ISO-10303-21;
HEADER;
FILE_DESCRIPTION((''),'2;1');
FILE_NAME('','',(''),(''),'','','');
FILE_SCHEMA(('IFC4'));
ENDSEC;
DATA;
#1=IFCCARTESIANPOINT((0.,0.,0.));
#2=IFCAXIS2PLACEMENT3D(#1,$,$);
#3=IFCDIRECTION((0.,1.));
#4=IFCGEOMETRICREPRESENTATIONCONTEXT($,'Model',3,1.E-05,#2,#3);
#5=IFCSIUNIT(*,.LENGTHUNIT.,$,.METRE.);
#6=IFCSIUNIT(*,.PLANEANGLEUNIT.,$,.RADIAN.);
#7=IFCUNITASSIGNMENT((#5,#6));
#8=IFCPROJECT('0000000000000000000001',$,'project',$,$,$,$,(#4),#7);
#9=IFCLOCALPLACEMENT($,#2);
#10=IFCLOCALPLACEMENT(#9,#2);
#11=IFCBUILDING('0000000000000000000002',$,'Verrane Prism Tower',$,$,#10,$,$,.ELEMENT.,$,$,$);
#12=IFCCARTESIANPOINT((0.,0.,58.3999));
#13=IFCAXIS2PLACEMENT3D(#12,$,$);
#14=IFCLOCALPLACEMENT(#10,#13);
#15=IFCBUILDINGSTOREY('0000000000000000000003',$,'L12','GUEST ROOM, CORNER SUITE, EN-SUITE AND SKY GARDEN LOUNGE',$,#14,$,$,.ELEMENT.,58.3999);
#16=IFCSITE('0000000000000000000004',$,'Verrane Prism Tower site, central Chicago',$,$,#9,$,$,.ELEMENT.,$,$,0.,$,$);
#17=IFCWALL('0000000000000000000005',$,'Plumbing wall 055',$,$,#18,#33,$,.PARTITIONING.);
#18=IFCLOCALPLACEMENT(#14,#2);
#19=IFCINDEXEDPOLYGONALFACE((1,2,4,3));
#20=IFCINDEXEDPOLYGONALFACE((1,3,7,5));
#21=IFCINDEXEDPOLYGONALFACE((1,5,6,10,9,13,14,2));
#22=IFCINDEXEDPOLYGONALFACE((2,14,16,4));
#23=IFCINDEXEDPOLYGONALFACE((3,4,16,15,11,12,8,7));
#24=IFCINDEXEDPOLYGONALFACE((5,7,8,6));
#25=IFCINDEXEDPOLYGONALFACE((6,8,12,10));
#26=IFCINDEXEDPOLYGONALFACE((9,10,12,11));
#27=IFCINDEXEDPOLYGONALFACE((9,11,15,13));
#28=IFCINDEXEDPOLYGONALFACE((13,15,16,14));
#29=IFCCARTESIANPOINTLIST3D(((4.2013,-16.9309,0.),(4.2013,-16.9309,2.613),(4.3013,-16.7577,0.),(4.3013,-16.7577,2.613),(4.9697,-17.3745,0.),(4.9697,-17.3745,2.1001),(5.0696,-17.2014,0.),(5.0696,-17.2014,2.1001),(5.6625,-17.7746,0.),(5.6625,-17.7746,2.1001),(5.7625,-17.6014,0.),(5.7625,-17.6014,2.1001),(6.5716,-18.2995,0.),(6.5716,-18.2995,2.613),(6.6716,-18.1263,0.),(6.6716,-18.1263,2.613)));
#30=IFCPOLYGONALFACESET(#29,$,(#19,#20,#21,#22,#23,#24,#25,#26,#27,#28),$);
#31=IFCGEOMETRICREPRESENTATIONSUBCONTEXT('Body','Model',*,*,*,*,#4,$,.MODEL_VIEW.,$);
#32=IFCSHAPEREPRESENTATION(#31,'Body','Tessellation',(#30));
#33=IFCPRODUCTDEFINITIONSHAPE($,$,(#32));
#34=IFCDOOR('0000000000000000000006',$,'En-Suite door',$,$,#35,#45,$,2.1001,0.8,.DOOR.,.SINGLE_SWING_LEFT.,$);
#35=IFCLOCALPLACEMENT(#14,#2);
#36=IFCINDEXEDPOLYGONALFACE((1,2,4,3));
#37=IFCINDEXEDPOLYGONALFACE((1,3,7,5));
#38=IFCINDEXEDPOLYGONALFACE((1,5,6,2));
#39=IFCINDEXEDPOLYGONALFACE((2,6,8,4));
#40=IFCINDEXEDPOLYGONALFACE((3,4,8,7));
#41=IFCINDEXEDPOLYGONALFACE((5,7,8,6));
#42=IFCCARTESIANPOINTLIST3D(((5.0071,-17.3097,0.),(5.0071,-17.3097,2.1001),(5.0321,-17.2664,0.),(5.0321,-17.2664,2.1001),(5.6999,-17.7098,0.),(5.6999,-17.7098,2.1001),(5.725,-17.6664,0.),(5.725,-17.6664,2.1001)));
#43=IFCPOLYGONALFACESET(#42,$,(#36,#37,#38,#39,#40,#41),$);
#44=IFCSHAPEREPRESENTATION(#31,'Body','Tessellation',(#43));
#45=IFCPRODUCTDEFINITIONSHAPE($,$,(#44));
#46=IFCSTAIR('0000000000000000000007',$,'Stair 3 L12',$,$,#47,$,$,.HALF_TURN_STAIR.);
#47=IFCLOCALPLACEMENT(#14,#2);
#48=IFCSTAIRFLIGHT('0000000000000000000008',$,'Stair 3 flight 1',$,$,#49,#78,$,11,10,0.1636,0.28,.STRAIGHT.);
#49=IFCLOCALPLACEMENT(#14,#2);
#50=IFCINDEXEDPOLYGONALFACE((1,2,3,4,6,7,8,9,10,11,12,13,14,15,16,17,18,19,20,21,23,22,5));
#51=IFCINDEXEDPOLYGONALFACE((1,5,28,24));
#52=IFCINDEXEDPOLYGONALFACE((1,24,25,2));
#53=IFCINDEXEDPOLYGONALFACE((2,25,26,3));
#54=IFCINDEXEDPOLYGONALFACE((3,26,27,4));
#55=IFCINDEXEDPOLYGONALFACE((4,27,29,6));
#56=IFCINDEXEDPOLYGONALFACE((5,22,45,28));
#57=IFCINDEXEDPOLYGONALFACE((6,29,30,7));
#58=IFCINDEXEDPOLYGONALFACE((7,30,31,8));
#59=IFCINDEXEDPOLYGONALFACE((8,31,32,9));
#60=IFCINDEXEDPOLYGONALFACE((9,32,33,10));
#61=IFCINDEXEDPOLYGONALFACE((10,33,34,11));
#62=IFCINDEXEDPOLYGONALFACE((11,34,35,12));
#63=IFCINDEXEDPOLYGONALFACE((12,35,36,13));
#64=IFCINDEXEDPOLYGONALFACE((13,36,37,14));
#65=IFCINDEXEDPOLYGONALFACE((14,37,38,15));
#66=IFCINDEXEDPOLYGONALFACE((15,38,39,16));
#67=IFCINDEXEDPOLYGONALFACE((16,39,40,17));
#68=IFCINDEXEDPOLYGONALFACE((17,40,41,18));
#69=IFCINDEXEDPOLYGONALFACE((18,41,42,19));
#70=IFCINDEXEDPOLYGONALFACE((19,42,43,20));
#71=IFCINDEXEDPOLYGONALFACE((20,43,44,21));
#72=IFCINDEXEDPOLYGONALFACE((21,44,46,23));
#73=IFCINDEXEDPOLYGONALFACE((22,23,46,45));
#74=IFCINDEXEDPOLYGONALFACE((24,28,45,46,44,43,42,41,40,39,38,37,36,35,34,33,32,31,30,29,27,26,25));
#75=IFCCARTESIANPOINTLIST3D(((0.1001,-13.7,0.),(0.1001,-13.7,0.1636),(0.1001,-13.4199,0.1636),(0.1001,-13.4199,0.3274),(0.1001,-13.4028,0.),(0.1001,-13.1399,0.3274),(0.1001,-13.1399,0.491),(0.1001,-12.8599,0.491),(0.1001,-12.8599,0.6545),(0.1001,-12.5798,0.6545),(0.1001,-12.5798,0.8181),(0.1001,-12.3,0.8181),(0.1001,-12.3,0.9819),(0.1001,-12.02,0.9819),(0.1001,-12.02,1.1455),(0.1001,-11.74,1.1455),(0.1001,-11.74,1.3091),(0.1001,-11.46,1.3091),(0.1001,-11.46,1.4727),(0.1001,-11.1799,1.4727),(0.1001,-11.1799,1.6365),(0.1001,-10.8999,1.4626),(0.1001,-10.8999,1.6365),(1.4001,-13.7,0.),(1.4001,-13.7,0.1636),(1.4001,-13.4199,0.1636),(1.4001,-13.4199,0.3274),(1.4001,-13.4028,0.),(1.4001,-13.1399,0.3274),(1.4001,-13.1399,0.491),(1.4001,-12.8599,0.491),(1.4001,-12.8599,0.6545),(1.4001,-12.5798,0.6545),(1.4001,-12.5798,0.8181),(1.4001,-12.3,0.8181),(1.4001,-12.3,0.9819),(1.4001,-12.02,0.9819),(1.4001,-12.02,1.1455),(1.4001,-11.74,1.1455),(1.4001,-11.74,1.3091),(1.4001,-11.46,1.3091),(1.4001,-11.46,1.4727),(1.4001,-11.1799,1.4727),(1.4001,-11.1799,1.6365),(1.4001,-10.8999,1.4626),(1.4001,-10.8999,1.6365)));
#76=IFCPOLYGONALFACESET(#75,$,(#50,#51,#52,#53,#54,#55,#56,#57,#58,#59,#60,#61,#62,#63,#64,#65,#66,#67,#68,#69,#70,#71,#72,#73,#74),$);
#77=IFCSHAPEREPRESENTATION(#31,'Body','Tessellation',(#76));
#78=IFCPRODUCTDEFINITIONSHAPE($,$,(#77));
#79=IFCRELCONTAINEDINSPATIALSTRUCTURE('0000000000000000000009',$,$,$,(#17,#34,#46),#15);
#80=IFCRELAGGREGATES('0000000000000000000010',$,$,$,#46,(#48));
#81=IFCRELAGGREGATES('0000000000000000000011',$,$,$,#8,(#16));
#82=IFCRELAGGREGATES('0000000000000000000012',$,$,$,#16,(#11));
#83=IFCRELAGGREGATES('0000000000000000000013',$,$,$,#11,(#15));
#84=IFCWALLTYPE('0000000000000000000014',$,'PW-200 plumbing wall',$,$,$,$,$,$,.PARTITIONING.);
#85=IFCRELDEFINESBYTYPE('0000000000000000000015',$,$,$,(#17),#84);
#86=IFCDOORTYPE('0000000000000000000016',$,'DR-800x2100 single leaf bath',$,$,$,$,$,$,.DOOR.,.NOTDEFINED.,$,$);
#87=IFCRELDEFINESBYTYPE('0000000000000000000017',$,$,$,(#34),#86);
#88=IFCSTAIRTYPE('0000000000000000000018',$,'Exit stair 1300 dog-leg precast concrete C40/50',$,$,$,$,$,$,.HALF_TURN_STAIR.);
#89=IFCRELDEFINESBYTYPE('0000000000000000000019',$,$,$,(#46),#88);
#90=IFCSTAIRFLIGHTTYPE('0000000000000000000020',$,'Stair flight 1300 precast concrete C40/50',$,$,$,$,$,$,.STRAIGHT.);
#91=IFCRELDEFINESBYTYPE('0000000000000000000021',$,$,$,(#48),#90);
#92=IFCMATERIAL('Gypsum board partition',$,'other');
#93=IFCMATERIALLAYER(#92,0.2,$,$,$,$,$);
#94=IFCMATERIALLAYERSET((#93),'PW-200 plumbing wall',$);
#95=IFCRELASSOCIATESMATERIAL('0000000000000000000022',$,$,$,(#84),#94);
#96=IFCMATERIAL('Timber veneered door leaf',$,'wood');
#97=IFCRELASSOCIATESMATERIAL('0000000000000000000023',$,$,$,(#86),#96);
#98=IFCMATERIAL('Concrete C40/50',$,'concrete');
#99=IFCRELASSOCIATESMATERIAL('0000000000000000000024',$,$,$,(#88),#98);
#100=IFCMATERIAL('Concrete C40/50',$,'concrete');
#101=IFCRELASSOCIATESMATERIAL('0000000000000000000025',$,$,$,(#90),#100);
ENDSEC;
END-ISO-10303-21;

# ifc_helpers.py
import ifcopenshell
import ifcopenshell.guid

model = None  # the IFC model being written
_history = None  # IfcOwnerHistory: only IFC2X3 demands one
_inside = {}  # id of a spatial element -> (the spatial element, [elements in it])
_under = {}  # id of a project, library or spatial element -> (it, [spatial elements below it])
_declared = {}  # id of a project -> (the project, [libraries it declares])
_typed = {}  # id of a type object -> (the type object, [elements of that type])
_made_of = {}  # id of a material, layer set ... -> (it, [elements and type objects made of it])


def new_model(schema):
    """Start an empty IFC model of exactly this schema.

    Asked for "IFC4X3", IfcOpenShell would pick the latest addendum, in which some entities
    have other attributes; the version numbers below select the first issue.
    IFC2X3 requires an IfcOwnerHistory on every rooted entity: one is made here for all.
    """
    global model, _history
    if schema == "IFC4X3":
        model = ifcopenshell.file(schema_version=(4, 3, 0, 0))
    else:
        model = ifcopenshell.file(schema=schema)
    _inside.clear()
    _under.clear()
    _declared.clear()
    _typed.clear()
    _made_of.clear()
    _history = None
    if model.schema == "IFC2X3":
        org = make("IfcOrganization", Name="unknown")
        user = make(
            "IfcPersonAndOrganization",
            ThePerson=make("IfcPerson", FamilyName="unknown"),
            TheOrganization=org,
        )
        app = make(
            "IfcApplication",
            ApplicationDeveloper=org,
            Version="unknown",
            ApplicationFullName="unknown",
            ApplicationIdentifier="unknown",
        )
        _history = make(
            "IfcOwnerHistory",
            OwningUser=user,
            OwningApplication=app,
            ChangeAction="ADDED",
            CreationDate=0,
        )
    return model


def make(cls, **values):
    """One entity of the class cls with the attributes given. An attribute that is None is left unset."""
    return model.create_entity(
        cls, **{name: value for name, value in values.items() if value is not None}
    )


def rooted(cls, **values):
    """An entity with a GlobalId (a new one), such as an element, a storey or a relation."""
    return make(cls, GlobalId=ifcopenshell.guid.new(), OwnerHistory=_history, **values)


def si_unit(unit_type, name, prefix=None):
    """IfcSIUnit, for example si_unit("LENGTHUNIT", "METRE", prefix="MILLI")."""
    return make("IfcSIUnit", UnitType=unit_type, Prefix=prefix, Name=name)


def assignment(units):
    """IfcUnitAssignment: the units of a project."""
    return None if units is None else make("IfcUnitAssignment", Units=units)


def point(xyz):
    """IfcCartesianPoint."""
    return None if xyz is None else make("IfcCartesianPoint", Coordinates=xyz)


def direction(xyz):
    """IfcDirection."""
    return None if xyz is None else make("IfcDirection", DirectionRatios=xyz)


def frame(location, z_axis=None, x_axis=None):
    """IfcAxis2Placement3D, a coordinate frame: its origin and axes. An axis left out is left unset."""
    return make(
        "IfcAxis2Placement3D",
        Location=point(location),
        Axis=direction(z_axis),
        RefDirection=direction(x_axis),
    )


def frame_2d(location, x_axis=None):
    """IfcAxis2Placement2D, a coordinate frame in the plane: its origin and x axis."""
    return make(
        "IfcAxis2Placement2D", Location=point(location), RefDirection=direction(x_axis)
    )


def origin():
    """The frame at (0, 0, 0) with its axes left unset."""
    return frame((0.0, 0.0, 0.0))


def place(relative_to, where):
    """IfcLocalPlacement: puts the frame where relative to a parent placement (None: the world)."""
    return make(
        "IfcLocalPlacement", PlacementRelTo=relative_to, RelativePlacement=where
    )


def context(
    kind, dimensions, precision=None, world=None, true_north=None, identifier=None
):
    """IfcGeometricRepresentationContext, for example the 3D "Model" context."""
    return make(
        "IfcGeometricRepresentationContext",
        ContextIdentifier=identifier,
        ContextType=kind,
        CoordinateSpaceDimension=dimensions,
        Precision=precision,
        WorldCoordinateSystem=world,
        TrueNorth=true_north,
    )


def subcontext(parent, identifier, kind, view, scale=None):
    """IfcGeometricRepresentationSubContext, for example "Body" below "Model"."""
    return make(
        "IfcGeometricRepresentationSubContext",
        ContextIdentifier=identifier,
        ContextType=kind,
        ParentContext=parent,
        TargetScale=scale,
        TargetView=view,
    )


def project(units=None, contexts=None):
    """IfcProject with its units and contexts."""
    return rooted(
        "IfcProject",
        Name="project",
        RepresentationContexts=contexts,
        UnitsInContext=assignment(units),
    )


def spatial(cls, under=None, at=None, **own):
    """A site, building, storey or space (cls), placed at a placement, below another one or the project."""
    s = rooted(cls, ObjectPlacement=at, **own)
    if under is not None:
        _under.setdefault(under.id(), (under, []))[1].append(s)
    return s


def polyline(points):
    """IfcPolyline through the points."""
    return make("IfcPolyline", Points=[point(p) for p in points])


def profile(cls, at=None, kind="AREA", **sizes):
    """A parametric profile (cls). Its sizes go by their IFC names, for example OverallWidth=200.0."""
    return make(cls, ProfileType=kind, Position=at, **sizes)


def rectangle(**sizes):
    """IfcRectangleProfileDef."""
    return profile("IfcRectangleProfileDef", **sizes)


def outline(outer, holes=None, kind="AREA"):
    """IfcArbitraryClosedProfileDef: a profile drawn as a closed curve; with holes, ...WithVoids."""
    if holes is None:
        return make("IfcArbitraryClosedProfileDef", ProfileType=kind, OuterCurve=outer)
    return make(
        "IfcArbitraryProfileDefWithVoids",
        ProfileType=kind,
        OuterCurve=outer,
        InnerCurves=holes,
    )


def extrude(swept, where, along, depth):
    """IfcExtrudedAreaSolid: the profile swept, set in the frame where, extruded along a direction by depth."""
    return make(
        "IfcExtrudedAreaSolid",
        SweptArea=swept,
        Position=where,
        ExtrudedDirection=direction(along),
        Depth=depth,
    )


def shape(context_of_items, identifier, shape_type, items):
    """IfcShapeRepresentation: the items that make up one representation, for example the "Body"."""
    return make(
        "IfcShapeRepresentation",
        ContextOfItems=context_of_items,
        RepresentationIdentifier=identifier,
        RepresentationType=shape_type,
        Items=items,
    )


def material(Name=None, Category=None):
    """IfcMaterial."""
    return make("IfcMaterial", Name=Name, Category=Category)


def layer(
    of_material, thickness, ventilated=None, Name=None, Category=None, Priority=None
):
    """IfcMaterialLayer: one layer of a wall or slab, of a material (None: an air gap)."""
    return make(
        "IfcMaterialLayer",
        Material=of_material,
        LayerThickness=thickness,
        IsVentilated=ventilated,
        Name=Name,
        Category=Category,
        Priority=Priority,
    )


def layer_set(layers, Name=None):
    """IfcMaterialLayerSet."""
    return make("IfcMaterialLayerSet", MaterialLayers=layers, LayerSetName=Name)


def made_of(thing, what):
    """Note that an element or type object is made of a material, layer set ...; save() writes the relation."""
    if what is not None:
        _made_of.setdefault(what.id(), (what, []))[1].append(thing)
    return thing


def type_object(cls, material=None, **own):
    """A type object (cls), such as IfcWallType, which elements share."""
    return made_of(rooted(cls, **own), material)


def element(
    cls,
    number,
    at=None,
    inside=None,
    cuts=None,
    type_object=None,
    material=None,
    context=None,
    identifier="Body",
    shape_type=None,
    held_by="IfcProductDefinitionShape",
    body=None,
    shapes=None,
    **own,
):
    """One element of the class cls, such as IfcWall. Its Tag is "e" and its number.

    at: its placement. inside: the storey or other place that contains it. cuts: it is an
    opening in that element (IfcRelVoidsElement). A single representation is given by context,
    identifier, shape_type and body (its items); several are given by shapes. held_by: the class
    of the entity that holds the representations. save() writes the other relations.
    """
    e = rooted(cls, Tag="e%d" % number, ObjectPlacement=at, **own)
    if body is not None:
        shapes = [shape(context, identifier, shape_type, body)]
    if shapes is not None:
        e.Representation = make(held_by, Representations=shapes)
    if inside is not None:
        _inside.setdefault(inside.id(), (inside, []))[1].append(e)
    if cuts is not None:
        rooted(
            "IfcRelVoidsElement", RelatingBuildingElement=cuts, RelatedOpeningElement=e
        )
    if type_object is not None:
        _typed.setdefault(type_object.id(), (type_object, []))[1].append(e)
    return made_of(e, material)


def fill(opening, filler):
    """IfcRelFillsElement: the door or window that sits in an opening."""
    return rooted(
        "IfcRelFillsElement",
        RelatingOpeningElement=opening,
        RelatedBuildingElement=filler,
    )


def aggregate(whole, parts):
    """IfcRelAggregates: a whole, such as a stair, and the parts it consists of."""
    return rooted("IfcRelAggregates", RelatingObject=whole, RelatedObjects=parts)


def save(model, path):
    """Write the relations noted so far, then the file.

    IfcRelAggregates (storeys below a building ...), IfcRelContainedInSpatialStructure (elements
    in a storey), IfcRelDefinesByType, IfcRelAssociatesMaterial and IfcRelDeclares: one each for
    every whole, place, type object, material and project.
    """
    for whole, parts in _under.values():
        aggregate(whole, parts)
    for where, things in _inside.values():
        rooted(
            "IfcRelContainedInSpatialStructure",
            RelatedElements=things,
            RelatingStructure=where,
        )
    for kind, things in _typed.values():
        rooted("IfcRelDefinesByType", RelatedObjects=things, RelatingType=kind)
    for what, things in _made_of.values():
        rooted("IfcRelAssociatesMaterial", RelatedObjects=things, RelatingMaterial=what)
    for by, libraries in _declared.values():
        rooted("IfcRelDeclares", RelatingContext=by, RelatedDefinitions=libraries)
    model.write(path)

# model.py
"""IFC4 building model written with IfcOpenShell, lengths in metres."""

from ifc_helpers import new_model, si_unit, direction, frame, frame_2d, origin, place, context, subcontext, project, spatial, polyline, rectangle, outline, extrude, material, layer, layer_set, type_object, element, fill, aggregate, save


model = new_model("IFC4")

# Units and contexts
model_context = context("Model", 3, precision=1e-05, world=origin(), true_north=direction((0.0, 1.0)))
body_context = subcontext(model_context, "Body", "Model", "MODEL_VIEW")
ifc_project = project(units=[si_unit("LENGTHUNIT", "METRE"), si_unit("PLANEANGLEUNIT", "RADIAN")], contexts=[model_context])

# Site, building, storey
site_placement = place(None, origin())
site = spatial("IfcSite", under=ifc_project, at=site_placement, Name="Verrane Prism Tower site, central Chicago", CompositionType="ELEMENT", RefElevation=0.0)
building_placement = place(site_placement, origin())
building = spatial("IfcBuilding", under=site, at=building_placement, Name="Verrane Prism Tower", CompositionType="ELEMENT")
storey_placement = place(building_placement, frame((0.0, 0.0, 58.3999)))
storey = spatial("IfcBuildingStorey", under=building, at=storey_placement, Name="L12", Description="GUEST ROOM, CORNER SUITE, EN-SUITE AND SKY GARDEN LOUNGE", CompositionType="ELEMENT", Elevation=58.3999)

# Wall, opening, door
ifc_material_1 = material(Name="Gypsum board partition", Category="other")
ifc_layer_1 = layer(ifc_material_1, 0.2)
ifc_layer_set_1 = layer_set([ifc_layer_1], Name="PW-200 plumbing wall")
wall_type_1 = type_object("IfcWallType", Name="PW-200 plumbing wall", PredefinedType="PARTITIONING", material=ifc_layer_set_1)
wall_1_placement = place(storey_placement, frame((4.2512, -16.8442, 0.0), z_axis=(0.0, 0.0, 1.0), x_axis=(0.866006, -0.500034, 0.0)))
wall_1 = element("IfcWall", 1, at=wall_1_placement, inside=storey, type_object=wall_type_1, Name="Plumbing wall 055", PredefinedType="PARTITIONING", context=body_context, shape_type="SweptSolid", body=[
    extrude(rectangle(XDim=2.7371, YDim=0.2, at=frame_2d((1.3687, 0.0))), origin(), (0.0, 0.0, 1.0), 2.613),
])
opening_1_placement = place(wall_1_placement, frame((0.8875, 0.0, 0.0)))
opening_1 = element("IfcOpeningElement", 2, at=opening_1_placement, cuts=wall_1, PredefinedType="OPENING", context=body_context, shape_type="SweptSolid", body=[
    extrude(rectangle(XDim=0.8, YDim=2.1001, at=frame_2d((0.3999, 1.05))), frame((0.0, 0.1099, 0.0), z_axis=(0.0, -1.0, 0.0), x_axis=(1.0, 0.0, 0.0)), (0.0, 0.0, 1.0), 0.22),
])
ifc_material_2 = material(Name="Timber veneered door leaf", Category="wood")
door_type_1 = type_object("IfcDoorType", Name="DR-800x2100 single leaf bath", OperationType="NOTDEFINED", PredefinedType="DOOR", material=ifc_material_2)
door_1_placement = place(opening_1_placement, origin())
door_1 = element("IfcDoor", 3, at=door_1_placement, inside=storey, type_object=door_type_1, Name="En-Suite door", OperationType="SINGLE_SWING_LEFT", OverallHeight=2.1001, OverallWidth=0.8, PredefinedType="DOOR", context=body_context, shape_type="SweptSolid", body=[
    extrude(rectangle(XDim=0.8, YDim=2.1001, at=frame_2d((0.3999, 1.05))), frame((0.0, 0.0249, 0.0), z_axis=(0.0, -1.0, 0.0), x_axis=(1.0, 0.0, 0.0)), (0.0, 0.0, 1.0), 0.05),
])
fill(opening_1, door_1)

# Stair, stair flight
ifc_material_3 = material(Name="Concrete C40/50", Category="concrete")
stair_type = type_object("IfcStairType", Name="Exit stair 1300 dog-leg precast concrete C40/50", PredefinedType="HALF_TURN_STAIR", material=ifc_material_3)
stair_placement = place(storey_placement, origin())
stair = element("IfcStair", 4, at=stair_placement, inside=storey, type_object=stair_type, Name="Stair 3 L12", PredefinedType="HALF_TURN_STAIR")
ifc_material_4 = material(Name="Concrete C40/50", Category="concrete")
stair_flight_type = type_object("IfcStairFlightType", Name="Stair flight 1300 precast concrete C40/50", PredefinedType="STRAIGHT", material=ifc_material_4)
stair_flight_placement = place(storey_placement, frame((0.75, -13.7, 0.0), z_axis=(0.0, 0.0, 1.0), x_axis=(0.0, 1.0, 0.0)))
stair_flight = element("IfcStairFlight", 5, at=stair_flight_placement, type_object=stair_flight_type, Name="Stair 3 flight 1", NumberOfRisers=11, NumberOfTreads=10, PredefinedType="STRAIGHT", RiserHeight=0.1636, TreadLength=0.28, context=body_context, shape_type="SweptSolid", body=[
    extrude(outline(polyline([(0.0, 0.0), (0.0, 0.1636), (0.28, 0.1636), (0.28, 0.3274), (0.5601, 0.3274), (0.5601, 0.491), (0.8401, 0.491), (0.8401, 0.6545), (1.1201, 0.6545), (1.1201, 0.8181), (1.3999, 0.8181), (1.3999, 0.9819), (1.6799, 0.9819), (1.6799, 1.1455), (1.96, 1.1455), (1.96, 1.3091), (2.24, 1.3091), (2.24, 1.4727), (2.52, 1.4727), (2.52, 1.6365), (2.8, 1.6365), (2.8, 1.8), (2.8, 1.4626), (0.2971, 0.0), (0.0, 0.0)])), frame((0.0, 0.6499, 0.0), z_axis=(0.0, -1.0, 0.0), x_axis=(1.0, 0.0, 0.0)), (0.0, 0.0, 1.0), 1.3),
])
aggregate(stair, [stair_flight])

save(model, "model.ifc")
